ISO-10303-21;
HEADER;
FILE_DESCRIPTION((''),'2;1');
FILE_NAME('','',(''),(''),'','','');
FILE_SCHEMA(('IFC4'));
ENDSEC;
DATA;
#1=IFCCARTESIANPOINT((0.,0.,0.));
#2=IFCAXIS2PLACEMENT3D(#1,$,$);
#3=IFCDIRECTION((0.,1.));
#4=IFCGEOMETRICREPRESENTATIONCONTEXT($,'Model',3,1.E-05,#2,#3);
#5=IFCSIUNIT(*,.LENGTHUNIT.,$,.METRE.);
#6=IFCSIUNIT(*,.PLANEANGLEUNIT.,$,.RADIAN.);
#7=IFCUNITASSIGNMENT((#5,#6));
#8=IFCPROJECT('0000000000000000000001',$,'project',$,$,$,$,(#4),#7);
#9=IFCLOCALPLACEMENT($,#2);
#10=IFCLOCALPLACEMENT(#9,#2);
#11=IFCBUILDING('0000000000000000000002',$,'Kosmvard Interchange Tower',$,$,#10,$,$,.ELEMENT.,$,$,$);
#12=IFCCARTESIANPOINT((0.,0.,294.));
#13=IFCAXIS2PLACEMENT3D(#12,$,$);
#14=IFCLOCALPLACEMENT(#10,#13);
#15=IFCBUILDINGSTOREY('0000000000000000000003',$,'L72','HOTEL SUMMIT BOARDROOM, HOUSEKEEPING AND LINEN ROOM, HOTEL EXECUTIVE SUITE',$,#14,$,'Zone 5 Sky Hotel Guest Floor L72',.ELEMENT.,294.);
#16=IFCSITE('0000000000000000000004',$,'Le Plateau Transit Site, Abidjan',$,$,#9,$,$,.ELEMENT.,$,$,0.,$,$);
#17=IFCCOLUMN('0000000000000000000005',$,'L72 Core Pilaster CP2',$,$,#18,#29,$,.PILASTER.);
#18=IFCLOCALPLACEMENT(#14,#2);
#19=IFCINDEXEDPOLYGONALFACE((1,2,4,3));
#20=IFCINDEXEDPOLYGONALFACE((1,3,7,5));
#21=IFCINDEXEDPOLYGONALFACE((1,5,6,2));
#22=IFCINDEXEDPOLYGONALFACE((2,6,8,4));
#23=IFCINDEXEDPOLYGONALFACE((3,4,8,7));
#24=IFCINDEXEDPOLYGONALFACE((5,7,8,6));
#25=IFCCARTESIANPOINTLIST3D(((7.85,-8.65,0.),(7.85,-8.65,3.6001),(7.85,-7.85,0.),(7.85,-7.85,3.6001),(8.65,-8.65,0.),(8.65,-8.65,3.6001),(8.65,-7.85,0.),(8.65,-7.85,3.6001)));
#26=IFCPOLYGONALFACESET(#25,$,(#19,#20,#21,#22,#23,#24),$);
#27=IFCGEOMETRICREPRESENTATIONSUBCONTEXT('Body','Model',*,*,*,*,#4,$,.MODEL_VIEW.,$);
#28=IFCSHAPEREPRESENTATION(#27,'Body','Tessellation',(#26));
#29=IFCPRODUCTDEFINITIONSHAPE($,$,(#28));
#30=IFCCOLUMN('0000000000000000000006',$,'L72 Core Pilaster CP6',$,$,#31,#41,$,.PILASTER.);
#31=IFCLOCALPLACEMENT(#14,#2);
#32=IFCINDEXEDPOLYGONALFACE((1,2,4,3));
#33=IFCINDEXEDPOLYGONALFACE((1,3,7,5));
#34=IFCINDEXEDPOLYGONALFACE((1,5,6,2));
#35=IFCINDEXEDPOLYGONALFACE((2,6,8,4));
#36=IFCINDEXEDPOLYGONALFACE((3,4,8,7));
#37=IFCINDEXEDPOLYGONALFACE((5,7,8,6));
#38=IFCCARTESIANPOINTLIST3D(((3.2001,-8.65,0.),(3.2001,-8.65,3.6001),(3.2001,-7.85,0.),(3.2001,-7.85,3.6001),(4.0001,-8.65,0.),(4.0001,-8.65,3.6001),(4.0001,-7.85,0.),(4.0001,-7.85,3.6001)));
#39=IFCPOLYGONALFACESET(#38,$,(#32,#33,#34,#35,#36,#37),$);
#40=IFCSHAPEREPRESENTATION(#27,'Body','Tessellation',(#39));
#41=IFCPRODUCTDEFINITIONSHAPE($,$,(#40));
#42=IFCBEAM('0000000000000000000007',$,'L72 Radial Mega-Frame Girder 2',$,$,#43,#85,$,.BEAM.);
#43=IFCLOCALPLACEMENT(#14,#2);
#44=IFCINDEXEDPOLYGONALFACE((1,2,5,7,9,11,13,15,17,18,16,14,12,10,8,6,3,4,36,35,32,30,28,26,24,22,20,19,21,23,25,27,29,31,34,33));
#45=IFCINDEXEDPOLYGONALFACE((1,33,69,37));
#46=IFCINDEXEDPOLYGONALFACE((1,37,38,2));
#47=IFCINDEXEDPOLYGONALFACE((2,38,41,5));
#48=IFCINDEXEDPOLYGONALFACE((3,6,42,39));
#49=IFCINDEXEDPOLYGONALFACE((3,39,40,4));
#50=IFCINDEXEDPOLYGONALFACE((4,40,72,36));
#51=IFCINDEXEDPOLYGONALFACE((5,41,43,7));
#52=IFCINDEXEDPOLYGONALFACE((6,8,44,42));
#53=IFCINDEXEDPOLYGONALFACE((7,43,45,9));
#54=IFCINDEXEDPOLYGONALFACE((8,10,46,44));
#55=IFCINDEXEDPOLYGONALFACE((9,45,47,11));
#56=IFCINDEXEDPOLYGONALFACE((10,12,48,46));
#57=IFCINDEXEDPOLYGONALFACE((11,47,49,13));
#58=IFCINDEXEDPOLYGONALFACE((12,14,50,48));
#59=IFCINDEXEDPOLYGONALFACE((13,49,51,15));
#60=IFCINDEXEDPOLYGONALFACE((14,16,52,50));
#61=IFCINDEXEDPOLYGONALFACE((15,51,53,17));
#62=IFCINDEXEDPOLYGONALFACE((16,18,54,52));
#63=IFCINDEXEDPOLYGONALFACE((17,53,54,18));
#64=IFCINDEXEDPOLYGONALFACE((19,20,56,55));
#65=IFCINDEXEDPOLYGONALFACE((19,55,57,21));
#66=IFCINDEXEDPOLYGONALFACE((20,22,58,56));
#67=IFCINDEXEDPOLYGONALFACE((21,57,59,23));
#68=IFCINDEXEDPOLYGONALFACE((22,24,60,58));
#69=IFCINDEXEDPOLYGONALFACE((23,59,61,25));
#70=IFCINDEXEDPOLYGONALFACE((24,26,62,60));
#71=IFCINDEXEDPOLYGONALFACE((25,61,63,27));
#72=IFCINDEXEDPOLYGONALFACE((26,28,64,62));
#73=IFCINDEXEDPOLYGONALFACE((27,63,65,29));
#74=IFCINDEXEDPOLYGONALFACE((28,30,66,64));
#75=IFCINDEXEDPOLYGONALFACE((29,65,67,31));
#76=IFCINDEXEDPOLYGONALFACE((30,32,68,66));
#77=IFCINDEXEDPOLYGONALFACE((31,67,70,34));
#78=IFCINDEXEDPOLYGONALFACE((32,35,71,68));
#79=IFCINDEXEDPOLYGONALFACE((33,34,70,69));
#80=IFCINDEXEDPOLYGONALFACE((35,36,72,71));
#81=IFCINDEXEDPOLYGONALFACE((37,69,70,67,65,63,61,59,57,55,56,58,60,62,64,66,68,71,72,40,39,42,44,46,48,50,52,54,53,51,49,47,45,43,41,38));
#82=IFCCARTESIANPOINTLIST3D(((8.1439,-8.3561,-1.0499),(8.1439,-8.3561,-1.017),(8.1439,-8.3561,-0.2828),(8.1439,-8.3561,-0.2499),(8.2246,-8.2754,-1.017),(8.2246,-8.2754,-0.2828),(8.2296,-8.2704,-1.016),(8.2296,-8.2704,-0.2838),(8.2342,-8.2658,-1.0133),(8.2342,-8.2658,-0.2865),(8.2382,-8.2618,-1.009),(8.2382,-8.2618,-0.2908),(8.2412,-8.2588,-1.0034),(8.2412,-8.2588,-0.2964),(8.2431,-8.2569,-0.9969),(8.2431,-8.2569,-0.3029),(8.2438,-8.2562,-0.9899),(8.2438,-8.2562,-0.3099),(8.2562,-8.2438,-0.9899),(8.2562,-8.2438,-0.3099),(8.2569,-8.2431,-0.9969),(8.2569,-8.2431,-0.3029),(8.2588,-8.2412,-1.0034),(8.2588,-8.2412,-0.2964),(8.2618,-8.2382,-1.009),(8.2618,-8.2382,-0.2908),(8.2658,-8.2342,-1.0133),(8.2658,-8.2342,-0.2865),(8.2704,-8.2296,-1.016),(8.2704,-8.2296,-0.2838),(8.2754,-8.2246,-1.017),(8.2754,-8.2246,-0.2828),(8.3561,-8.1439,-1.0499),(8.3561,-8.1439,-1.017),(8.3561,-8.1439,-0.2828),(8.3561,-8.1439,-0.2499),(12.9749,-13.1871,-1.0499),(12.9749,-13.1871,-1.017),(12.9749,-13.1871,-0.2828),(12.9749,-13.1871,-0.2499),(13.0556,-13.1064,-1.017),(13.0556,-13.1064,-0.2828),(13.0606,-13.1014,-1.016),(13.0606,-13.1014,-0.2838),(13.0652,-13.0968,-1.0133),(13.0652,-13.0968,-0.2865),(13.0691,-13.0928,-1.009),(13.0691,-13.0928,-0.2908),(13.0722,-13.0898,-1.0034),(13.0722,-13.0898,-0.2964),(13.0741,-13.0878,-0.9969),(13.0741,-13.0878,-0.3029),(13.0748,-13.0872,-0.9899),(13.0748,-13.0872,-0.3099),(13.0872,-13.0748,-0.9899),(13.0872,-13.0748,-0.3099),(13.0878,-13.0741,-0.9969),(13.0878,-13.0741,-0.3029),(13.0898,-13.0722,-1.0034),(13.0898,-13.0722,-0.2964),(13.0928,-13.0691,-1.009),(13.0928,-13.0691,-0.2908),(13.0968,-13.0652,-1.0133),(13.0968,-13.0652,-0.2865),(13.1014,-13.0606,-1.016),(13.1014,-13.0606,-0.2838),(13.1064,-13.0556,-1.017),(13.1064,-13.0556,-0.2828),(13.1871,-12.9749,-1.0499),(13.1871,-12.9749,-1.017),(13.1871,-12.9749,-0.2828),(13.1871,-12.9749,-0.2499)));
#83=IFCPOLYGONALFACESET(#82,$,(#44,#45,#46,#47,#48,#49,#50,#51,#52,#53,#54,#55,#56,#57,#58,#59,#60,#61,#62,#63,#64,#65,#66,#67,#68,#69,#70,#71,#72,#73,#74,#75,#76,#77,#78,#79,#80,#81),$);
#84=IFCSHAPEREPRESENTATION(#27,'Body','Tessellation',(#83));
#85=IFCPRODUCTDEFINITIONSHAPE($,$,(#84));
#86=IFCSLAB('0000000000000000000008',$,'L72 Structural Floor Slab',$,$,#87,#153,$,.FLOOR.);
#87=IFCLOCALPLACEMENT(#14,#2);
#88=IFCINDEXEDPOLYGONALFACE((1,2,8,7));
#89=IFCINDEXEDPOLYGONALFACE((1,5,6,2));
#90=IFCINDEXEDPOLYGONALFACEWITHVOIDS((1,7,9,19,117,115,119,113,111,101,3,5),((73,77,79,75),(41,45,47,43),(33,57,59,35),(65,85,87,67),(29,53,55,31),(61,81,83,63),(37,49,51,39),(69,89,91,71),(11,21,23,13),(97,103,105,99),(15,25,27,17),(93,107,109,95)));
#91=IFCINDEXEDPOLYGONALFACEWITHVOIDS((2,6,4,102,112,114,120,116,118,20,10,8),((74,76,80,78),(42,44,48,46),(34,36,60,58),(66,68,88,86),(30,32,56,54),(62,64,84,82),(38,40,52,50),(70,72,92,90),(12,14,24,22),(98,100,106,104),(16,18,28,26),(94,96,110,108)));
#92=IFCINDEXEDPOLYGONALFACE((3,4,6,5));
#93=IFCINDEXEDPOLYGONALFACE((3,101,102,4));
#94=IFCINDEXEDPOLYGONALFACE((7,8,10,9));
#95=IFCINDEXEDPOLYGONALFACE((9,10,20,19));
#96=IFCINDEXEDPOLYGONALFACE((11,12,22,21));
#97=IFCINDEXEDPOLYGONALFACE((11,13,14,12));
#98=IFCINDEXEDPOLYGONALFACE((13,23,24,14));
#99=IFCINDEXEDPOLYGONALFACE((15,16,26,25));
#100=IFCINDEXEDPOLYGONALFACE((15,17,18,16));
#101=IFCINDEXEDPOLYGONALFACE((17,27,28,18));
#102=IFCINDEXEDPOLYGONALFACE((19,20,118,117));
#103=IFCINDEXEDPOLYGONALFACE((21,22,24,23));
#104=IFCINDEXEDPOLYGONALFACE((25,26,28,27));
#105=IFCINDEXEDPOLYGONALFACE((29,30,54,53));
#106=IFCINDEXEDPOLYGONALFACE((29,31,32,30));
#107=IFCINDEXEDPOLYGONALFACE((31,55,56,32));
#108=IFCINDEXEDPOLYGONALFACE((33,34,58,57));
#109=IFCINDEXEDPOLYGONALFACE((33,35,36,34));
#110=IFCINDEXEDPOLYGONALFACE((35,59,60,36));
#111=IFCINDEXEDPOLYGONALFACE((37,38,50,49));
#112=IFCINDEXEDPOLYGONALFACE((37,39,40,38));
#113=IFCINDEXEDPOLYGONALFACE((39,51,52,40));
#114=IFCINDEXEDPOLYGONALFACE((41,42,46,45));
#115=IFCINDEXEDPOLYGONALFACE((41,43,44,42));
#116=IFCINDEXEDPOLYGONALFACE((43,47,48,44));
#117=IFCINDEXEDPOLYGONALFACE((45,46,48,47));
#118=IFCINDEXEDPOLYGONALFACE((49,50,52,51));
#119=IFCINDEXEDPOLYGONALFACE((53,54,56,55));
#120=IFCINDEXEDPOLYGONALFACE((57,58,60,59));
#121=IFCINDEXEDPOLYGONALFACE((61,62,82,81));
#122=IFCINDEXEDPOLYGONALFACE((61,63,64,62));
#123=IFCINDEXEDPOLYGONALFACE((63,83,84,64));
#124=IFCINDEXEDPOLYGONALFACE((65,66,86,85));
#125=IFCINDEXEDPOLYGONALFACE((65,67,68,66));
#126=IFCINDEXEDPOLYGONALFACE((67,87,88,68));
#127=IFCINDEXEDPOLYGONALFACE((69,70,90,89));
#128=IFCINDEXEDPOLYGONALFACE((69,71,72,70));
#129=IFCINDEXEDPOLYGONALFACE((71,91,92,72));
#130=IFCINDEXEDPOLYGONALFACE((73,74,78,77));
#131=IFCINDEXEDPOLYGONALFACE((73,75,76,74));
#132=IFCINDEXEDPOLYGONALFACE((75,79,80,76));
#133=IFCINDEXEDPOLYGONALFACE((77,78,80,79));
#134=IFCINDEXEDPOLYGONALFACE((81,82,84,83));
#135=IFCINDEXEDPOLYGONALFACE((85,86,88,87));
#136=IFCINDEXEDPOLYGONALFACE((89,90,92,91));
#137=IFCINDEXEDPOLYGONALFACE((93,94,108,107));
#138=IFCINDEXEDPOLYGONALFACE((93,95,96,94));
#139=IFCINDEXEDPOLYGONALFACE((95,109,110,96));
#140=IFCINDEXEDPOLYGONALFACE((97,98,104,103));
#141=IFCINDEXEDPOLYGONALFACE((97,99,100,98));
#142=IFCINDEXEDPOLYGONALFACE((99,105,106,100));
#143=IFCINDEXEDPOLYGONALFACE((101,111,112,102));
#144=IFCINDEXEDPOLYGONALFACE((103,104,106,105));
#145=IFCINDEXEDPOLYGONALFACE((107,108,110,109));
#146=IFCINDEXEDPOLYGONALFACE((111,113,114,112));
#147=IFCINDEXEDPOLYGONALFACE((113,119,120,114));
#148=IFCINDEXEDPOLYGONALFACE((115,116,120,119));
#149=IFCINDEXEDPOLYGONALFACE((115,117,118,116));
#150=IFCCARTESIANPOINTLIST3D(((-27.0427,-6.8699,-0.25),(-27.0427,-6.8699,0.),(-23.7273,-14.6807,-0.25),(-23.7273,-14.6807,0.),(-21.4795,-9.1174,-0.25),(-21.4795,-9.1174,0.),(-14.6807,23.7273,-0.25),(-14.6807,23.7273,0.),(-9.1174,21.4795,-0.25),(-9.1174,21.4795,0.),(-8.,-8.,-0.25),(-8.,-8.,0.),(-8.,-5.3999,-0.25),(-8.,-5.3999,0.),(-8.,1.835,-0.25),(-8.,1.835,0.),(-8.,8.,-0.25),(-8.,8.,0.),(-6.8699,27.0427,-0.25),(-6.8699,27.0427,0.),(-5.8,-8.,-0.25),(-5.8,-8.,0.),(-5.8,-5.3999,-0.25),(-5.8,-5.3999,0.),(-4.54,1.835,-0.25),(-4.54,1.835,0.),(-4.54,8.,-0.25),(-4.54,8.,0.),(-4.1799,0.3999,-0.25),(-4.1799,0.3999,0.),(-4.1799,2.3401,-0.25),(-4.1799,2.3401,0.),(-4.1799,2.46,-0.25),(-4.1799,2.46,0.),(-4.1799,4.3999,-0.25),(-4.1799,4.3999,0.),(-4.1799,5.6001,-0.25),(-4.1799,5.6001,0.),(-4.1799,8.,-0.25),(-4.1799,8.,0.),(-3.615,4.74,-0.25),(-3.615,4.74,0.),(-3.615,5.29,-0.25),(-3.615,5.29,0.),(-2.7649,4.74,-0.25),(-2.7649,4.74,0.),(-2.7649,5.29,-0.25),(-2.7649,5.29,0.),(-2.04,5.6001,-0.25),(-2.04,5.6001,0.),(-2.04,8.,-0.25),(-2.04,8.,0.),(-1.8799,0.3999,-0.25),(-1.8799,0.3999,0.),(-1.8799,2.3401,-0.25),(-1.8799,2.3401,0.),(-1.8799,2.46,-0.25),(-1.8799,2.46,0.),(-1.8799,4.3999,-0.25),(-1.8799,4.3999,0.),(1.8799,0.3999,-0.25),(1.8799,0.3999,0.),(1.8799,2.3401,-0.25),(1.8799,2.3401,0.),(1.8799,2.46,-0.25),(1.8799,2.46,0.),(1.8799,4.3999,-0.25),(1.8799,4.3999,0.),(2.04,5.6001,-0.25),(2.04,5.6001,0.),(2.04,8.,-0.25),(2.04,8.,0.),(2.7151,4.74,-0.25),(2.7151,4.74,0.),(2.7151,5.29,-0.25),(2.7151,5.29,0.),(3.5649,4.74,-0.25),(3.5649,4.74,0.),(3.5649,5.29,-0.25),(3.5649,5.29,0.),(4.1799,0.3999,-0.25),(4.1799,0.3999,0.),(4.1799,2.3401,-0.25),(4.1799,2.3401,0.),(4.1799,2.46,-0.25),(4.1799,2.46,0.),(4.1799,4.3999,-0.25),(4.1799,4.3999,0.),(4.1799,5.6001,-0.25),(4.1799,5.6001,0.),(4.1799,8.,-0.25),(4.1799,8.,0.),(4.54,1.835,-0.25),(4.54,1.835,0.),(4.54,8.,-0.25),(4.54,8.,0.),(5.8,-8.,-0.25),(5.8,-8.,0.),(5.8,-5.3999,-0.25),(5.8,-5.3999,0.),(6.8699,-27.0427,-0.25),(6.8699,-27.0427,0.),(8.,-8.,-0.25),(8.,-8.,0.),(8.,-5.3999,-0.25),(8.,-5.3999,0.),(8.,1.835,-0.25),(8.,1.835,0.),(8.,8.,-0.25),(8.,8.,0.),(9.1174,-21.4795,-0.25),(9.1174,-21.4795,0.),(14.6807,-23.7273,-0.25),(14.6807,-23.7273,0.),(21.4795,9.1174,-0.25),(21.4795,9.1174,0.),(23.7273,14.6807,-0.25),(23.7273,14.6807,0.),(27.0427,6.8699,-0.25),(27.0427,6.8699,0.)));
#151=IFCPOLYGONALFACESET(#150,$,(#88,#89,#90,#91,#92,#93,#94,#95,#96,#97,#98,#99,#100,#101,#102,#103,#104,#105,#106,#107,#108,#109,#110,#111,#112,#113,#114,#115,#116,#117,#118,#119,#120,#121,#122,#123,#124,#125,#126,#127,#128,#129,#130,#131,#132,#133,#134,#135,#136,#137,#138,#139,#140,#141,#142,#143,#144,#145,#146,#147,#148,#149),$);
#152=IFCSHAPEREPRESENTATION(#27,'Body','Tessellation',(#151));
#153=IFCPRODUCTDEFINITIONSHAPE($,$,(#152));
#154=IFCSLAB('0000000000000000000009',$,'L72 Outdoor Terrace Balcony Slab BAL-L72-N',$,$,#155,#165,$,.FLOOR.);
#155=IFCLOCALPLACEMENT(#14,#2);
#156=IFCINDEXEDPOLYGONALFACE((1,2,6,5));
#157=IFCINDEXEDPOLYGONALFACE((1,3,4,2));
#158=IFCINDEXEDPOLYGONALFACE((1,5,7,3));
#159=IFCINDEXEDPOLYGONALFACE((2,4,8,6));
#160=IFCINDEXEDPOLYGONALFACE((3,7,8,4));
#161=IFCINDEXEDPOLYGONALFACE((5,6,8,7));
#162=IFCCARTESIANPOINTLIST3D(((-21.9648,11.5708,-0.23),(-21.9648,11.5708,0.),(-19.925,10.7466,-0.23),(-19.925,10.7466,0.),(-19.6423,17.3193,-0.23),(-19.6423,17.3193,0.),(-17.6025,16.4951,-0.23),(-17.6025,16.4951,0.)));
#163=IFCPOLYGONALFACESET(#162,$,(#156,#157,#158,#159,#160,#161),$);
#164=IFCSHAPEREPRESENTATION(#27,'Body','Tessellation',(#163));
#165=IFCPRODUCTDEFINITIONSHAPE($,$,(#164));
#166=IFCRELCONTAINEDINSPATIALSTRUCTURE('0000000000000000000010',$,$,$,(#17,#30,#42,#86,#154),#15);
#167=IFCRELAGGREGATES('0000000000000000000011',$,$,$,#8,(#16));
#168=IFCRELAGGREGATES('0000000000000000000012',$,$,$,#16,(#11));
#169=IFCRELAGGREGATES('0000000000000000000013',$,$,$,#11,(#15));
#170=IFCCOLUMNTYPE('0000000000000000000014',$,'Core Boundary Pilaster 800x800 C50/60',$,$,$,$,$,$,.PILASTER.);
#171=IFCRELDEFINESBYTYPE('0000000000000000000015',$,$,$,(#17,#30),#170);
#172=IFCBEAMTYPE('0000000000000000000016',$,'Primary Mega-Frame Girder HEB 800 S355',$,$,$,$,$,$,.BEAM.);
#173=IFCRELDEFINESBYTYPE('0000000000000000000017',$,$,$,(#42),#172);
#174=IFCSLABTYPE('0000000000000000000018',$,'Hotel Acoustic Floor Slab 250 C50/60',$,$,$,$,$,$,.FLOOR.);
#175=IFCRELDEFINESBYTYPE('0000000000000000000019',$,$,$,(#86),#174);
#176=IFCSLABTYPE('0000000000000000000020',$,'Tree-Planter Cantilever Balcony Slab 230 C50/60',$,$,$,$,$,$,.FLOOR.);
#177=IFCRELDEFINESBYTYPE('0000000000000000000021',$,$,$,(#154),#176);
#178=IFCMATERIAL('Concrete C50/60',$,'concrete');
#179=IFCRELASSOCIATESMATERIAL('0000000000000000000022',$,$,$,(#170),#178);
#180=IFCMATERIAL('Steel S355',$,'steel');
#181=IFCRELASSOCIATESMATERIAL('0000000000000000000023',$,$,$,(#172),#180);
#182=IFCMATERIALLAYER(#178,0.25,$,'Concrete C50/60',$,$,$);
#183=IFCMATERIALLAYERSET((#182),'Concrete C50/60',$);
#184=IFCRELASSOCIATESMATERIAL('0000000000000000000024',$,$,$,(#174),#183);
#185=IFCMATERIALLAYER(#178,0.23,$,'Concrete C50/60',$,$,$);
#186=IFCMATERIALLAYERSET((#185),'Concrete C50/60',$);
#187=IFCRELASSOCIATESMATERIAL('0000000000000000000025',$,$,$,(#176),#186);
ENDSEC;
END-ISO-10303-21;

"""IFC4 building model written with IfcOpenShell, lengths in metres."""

from ifc_helpers import new_model, si_unit, direction, frame, origin, origin_2d, place, context, subcontext, project, spatial, polyline, rectangle, i_section, outline, extrude, source, transform, mapped, material, layer, layer_set, material_profile, profile_set, type_object, element, save


model = new_model("IFC4")

# Units and contexts
model_context = context("Model", 3, precision=1e-05, world=origin(), true_north=direction((0.0, 1.0)))
body_context = subcontext(model_context, "Body", "Model", "MODEL_VIEW")
ifc_project = project(units=[si_unit("LENGTHUNIT", "METRE"), si_unit("PLANEANGLEUNIT", "RADIAN")], contexts=[model_context])

# Site, building, storey
site_placement = place(None, origin())
site = spatial("IfcSite", under=ifc_project, at=site_placement, Name="Le Plateau Transit Site, Abidjan", CompositionType="ELEMENT", RefElevation=0.0)
building_placement = place(site_placement, origin())
building = spatial("IfcBuilding", under=site, at=building_placement, Name="Kosmvard Interchange Tower", CompositionType="ELEMENT")
storey_placement = place(building_placement, frame((0.0, 0.0, 294.0)))
storey = spatial("IfcBuildingStorey", under=building, at=storey_placement, Name="L72", Description="HOTEL SUMMIT BOARDROOM, HOUSEKEEPING AND LINEN ROOM, HOTEL EXECUTIVE SUITE", LongName="Zone 5 Sky Hotel Guest Floor L72", CompositionType="ELEMENT", Elevation=294.0)

# Columns
ifc_material_1 = material(Name="Concrete C50/60", Category="concrete")
ifc_material_profile_1 = material_profile(ifc_material_1, rectangle(XDim=0.8, YDim=0.8, at=origin_2d()), Name="CP 800x800")
ifc_profile_set_1 = profile_set([ifc_material_profile_1], Name="Concrete C50/60")
column_type = type_object("IfcColumnType", Name="Core Boundary Pilaster 800x800 C50/60", PredefinedType="PILASTER", material=ifc_profile_set_1)
shared_shape_1 = source(origin(), body_context, "Body", "SweptSolid", [
    extrude(rectangle(XDim=0.8, YDim=0.8, at=origin_2d()), origin(), (0.0, 0.0, 1.0), 3.6001),
])
for number, where, z_axis, x_axis, name in (
    (1, (8.25, -8.25, 0.0), (0.0, 0.0, 1.0), (1.0, 0.0, 0.0), "L72 Core Pilaster CP2"),
    (2, (3.6001, -8.25, 0.0), (0.0, 0.0, 1.0), (1.0, 0.0, 0.0), "L72 Core Pilaster CP6"),
):
    element("IfcColumn", number, at=place(storey_placement, frame(where, z_axis=z_axis, x_axis=x_axis)), inside=storey, type_object=column_type, Name=name, PredefinedType="PILASTER", context=body_context, shape_type="MappedRepresentation", body=[
        mapped(shared_shape_1, transform((0.0, 0.0, 0.0), scale=1.0)),
    ])

# Beam
ifc_material_2 = material(Name="Steel S355", Category="steel")
ifc_material_profile_2 = material_profile(ifc_material_2, i_section(OverallWidth=0.3, OverallDepth=0.8, WebThickness=0.0176, FlangeThickness=0.033, FilletRadius=0.0271, at=origin_2d()), Name="HEB 800")
ifc_profile_set_2 = profile_set([ifc_material_profile_2], Name="Steel S355")
beam_type = type_object("IfcBeamType", Name="Primary Mega-Frame Girder HEB 800 S355", PredefinedType="BEAM", material=ifc_profile_set_2)
shared_shape_2 = source(origin(), body_context, "Body", "SweptSolid", [
    extrude(i_section(OverallWidth=0.3, OverallDepth=0.8, WebThickness=0.0176, FlangeThickness=0.033, FilletRadius=0.0271, at=origin_2d()), origin(), (0.0, 0.0, 1.0), 6.832),
])
beam_placement = place(storey_placement, frame((8.25, -8.25, -0.6499), z_axis=(0.707107, -0.707107, 0.0), x_axis=(0.707107, 0.707107, 0.0)))
element("IfcBeam", 3, at=beam_placement, inside=storey, type_object=beam_type, Name="L72 Radial Mega-Frame Girder 2", PredefinedType="BEAM", context=body_context, shape_type="MappedRepresentation", body=[
    mapped(shared_shape_2, transform((0.0, 0.0, 0.0), scale=1.0)),
])

# Slabs
ifc_layer_1 = layer(ifc_material_1, 0.25, Name="Concrete C50/60")
ifc_layer_set_1 = layer_set([ifc_layer_1], Name="Concrete C50/60")
slab_type_1 = type_object("IfcSlabType", Name="Hotel Acoustic Floor Slab 250 C50/60", PredefinedType="FLOOR", material=ifc_layer_set_1)
slab_1_placement = place(storey_placement, frame((0.0, 0.0, -0.25)))
element("IfcSlab", 4, at=slab_1_placement, inside=storey, type_object=slab_type_1, Name="L72 Structural Floor Slab", PredefinedType="FLOOR", context=body_context, shape_type="SweptSolid", body=[
    extrude(outline(polyline([(14.6807, -23.7273), (27.0427, 6.8699), (21.4795, 9.1174), (23.7273, 14.6807), (-6.8699, 27.0427), (-9.1174, 21.4795), (-14.6807, 23.7273), (-27.0427, -6.8699), (-21.4795, -9.1174), (-23.7273, -14.6807), (6.8699, -27.0427), (9.1174, -21.4795), (14.6807, -23.7273)]), holes=[polyline([(-8.0, 1.835), (-4.54, 1.835), (-4.54, 8.0), (-8.0, 8.0), (-8.0, 1.835)]), polyline([(4.54, 1.835), (8.0, 1.835), (8.0, 8.0), (4.54, 8.0), (4.54, 1.835)]), polyline([(-8.0, -8.0), (-5.8, -8.0), (-5.8, -5.3999), (-8.0, -5.3999), (-8.0, -8.0)]), polyline([(5.8, -8.0), (8.0, -8.0), (8.0, -5.3999), (5.8, -5.3999), (5.8, -8.0)]), polyline([(-4.1799, 0.3999), (-1.8799, 0.3999), (-1.8799, 2.3401), (-4.1799, 2.3401), (-4.1799, 0.3999)]), polyline([(-4.1799, 2.46), (-1.8799, 2.46), (-1.8799, 4.3999), (-4.1799, 4.3999), (-4.1799, 2.46)]), polyline([(1.8799, 0.3999), (4.1799, 0.3999), (4.1799, 2.3401), (1.8799, 2.3401), (1.8799, 0.3999)]), polyline([(1.8799, 2.46), (4.1799, 2.46), (4.1799, 4.3999), (1.8799, 4.3999), (1.8799, 2.46)]), polyline([(-4.1799, 5.6001), (-2.04, 5.6001), (-2.04, 8.0), (-4.1799, 8.0), (-4.1799, 5.6001)]), polyline([(2.04, 5.6001), (4.1799, 5.6001), (4.1799, 8.0), (2.04, 8.0), (2.04, 5.6001)]), polyline([(-3.615, 4.74), (-2.7649, 4.74), (-2.7649, 5.29), (-3.615, 5.29), (-3.615, 4.74)]), polyline([(2.7151, 4.74), (3.5649, 4.74), (3.5649, 5.29), (2.7151, 5.29), (2.7151, 4.74)])]), origin(), (0.0, 0.0, 1.0), 0.25),
])
ifc_layer_2 = layer(ifc_material_1, 0.23, Name="Concrete C50/60")
ifc_layer_set_2 = layer_set([ifc_layer_2], Name="Concrete C50/60")
slab_type_2 = type_object("IfcSlabType", Name="Tree-Planter Cantilever Balcony Slab 230 C50/60", PredefinedType="FLOOR", material=ifc_layer_set_2)
slab_2_placement = place(storey_placement, frame((0.0, 0.0, -0.23)))
element("IfcSlab", 5, at=slab_2_placement, inside=storey, type_object=slab_type_2, Name="L72 Outdoor Terrace Balcony Slab BAL-L72-N", PredefinedType="FLOOR", context=body_context, shape_type="SweptSolid", body=[
    extrude(outline(polyline([(-19.925, 10.7466), (-17.6025, 16.4951), (-19.6423, 17.3193), (-21.9648, 11.5708), (-19.925, 10.7466)])), origin(), (0.0, 0.0, 1.0), 0.23),
])

save(model, "model.ifc")
